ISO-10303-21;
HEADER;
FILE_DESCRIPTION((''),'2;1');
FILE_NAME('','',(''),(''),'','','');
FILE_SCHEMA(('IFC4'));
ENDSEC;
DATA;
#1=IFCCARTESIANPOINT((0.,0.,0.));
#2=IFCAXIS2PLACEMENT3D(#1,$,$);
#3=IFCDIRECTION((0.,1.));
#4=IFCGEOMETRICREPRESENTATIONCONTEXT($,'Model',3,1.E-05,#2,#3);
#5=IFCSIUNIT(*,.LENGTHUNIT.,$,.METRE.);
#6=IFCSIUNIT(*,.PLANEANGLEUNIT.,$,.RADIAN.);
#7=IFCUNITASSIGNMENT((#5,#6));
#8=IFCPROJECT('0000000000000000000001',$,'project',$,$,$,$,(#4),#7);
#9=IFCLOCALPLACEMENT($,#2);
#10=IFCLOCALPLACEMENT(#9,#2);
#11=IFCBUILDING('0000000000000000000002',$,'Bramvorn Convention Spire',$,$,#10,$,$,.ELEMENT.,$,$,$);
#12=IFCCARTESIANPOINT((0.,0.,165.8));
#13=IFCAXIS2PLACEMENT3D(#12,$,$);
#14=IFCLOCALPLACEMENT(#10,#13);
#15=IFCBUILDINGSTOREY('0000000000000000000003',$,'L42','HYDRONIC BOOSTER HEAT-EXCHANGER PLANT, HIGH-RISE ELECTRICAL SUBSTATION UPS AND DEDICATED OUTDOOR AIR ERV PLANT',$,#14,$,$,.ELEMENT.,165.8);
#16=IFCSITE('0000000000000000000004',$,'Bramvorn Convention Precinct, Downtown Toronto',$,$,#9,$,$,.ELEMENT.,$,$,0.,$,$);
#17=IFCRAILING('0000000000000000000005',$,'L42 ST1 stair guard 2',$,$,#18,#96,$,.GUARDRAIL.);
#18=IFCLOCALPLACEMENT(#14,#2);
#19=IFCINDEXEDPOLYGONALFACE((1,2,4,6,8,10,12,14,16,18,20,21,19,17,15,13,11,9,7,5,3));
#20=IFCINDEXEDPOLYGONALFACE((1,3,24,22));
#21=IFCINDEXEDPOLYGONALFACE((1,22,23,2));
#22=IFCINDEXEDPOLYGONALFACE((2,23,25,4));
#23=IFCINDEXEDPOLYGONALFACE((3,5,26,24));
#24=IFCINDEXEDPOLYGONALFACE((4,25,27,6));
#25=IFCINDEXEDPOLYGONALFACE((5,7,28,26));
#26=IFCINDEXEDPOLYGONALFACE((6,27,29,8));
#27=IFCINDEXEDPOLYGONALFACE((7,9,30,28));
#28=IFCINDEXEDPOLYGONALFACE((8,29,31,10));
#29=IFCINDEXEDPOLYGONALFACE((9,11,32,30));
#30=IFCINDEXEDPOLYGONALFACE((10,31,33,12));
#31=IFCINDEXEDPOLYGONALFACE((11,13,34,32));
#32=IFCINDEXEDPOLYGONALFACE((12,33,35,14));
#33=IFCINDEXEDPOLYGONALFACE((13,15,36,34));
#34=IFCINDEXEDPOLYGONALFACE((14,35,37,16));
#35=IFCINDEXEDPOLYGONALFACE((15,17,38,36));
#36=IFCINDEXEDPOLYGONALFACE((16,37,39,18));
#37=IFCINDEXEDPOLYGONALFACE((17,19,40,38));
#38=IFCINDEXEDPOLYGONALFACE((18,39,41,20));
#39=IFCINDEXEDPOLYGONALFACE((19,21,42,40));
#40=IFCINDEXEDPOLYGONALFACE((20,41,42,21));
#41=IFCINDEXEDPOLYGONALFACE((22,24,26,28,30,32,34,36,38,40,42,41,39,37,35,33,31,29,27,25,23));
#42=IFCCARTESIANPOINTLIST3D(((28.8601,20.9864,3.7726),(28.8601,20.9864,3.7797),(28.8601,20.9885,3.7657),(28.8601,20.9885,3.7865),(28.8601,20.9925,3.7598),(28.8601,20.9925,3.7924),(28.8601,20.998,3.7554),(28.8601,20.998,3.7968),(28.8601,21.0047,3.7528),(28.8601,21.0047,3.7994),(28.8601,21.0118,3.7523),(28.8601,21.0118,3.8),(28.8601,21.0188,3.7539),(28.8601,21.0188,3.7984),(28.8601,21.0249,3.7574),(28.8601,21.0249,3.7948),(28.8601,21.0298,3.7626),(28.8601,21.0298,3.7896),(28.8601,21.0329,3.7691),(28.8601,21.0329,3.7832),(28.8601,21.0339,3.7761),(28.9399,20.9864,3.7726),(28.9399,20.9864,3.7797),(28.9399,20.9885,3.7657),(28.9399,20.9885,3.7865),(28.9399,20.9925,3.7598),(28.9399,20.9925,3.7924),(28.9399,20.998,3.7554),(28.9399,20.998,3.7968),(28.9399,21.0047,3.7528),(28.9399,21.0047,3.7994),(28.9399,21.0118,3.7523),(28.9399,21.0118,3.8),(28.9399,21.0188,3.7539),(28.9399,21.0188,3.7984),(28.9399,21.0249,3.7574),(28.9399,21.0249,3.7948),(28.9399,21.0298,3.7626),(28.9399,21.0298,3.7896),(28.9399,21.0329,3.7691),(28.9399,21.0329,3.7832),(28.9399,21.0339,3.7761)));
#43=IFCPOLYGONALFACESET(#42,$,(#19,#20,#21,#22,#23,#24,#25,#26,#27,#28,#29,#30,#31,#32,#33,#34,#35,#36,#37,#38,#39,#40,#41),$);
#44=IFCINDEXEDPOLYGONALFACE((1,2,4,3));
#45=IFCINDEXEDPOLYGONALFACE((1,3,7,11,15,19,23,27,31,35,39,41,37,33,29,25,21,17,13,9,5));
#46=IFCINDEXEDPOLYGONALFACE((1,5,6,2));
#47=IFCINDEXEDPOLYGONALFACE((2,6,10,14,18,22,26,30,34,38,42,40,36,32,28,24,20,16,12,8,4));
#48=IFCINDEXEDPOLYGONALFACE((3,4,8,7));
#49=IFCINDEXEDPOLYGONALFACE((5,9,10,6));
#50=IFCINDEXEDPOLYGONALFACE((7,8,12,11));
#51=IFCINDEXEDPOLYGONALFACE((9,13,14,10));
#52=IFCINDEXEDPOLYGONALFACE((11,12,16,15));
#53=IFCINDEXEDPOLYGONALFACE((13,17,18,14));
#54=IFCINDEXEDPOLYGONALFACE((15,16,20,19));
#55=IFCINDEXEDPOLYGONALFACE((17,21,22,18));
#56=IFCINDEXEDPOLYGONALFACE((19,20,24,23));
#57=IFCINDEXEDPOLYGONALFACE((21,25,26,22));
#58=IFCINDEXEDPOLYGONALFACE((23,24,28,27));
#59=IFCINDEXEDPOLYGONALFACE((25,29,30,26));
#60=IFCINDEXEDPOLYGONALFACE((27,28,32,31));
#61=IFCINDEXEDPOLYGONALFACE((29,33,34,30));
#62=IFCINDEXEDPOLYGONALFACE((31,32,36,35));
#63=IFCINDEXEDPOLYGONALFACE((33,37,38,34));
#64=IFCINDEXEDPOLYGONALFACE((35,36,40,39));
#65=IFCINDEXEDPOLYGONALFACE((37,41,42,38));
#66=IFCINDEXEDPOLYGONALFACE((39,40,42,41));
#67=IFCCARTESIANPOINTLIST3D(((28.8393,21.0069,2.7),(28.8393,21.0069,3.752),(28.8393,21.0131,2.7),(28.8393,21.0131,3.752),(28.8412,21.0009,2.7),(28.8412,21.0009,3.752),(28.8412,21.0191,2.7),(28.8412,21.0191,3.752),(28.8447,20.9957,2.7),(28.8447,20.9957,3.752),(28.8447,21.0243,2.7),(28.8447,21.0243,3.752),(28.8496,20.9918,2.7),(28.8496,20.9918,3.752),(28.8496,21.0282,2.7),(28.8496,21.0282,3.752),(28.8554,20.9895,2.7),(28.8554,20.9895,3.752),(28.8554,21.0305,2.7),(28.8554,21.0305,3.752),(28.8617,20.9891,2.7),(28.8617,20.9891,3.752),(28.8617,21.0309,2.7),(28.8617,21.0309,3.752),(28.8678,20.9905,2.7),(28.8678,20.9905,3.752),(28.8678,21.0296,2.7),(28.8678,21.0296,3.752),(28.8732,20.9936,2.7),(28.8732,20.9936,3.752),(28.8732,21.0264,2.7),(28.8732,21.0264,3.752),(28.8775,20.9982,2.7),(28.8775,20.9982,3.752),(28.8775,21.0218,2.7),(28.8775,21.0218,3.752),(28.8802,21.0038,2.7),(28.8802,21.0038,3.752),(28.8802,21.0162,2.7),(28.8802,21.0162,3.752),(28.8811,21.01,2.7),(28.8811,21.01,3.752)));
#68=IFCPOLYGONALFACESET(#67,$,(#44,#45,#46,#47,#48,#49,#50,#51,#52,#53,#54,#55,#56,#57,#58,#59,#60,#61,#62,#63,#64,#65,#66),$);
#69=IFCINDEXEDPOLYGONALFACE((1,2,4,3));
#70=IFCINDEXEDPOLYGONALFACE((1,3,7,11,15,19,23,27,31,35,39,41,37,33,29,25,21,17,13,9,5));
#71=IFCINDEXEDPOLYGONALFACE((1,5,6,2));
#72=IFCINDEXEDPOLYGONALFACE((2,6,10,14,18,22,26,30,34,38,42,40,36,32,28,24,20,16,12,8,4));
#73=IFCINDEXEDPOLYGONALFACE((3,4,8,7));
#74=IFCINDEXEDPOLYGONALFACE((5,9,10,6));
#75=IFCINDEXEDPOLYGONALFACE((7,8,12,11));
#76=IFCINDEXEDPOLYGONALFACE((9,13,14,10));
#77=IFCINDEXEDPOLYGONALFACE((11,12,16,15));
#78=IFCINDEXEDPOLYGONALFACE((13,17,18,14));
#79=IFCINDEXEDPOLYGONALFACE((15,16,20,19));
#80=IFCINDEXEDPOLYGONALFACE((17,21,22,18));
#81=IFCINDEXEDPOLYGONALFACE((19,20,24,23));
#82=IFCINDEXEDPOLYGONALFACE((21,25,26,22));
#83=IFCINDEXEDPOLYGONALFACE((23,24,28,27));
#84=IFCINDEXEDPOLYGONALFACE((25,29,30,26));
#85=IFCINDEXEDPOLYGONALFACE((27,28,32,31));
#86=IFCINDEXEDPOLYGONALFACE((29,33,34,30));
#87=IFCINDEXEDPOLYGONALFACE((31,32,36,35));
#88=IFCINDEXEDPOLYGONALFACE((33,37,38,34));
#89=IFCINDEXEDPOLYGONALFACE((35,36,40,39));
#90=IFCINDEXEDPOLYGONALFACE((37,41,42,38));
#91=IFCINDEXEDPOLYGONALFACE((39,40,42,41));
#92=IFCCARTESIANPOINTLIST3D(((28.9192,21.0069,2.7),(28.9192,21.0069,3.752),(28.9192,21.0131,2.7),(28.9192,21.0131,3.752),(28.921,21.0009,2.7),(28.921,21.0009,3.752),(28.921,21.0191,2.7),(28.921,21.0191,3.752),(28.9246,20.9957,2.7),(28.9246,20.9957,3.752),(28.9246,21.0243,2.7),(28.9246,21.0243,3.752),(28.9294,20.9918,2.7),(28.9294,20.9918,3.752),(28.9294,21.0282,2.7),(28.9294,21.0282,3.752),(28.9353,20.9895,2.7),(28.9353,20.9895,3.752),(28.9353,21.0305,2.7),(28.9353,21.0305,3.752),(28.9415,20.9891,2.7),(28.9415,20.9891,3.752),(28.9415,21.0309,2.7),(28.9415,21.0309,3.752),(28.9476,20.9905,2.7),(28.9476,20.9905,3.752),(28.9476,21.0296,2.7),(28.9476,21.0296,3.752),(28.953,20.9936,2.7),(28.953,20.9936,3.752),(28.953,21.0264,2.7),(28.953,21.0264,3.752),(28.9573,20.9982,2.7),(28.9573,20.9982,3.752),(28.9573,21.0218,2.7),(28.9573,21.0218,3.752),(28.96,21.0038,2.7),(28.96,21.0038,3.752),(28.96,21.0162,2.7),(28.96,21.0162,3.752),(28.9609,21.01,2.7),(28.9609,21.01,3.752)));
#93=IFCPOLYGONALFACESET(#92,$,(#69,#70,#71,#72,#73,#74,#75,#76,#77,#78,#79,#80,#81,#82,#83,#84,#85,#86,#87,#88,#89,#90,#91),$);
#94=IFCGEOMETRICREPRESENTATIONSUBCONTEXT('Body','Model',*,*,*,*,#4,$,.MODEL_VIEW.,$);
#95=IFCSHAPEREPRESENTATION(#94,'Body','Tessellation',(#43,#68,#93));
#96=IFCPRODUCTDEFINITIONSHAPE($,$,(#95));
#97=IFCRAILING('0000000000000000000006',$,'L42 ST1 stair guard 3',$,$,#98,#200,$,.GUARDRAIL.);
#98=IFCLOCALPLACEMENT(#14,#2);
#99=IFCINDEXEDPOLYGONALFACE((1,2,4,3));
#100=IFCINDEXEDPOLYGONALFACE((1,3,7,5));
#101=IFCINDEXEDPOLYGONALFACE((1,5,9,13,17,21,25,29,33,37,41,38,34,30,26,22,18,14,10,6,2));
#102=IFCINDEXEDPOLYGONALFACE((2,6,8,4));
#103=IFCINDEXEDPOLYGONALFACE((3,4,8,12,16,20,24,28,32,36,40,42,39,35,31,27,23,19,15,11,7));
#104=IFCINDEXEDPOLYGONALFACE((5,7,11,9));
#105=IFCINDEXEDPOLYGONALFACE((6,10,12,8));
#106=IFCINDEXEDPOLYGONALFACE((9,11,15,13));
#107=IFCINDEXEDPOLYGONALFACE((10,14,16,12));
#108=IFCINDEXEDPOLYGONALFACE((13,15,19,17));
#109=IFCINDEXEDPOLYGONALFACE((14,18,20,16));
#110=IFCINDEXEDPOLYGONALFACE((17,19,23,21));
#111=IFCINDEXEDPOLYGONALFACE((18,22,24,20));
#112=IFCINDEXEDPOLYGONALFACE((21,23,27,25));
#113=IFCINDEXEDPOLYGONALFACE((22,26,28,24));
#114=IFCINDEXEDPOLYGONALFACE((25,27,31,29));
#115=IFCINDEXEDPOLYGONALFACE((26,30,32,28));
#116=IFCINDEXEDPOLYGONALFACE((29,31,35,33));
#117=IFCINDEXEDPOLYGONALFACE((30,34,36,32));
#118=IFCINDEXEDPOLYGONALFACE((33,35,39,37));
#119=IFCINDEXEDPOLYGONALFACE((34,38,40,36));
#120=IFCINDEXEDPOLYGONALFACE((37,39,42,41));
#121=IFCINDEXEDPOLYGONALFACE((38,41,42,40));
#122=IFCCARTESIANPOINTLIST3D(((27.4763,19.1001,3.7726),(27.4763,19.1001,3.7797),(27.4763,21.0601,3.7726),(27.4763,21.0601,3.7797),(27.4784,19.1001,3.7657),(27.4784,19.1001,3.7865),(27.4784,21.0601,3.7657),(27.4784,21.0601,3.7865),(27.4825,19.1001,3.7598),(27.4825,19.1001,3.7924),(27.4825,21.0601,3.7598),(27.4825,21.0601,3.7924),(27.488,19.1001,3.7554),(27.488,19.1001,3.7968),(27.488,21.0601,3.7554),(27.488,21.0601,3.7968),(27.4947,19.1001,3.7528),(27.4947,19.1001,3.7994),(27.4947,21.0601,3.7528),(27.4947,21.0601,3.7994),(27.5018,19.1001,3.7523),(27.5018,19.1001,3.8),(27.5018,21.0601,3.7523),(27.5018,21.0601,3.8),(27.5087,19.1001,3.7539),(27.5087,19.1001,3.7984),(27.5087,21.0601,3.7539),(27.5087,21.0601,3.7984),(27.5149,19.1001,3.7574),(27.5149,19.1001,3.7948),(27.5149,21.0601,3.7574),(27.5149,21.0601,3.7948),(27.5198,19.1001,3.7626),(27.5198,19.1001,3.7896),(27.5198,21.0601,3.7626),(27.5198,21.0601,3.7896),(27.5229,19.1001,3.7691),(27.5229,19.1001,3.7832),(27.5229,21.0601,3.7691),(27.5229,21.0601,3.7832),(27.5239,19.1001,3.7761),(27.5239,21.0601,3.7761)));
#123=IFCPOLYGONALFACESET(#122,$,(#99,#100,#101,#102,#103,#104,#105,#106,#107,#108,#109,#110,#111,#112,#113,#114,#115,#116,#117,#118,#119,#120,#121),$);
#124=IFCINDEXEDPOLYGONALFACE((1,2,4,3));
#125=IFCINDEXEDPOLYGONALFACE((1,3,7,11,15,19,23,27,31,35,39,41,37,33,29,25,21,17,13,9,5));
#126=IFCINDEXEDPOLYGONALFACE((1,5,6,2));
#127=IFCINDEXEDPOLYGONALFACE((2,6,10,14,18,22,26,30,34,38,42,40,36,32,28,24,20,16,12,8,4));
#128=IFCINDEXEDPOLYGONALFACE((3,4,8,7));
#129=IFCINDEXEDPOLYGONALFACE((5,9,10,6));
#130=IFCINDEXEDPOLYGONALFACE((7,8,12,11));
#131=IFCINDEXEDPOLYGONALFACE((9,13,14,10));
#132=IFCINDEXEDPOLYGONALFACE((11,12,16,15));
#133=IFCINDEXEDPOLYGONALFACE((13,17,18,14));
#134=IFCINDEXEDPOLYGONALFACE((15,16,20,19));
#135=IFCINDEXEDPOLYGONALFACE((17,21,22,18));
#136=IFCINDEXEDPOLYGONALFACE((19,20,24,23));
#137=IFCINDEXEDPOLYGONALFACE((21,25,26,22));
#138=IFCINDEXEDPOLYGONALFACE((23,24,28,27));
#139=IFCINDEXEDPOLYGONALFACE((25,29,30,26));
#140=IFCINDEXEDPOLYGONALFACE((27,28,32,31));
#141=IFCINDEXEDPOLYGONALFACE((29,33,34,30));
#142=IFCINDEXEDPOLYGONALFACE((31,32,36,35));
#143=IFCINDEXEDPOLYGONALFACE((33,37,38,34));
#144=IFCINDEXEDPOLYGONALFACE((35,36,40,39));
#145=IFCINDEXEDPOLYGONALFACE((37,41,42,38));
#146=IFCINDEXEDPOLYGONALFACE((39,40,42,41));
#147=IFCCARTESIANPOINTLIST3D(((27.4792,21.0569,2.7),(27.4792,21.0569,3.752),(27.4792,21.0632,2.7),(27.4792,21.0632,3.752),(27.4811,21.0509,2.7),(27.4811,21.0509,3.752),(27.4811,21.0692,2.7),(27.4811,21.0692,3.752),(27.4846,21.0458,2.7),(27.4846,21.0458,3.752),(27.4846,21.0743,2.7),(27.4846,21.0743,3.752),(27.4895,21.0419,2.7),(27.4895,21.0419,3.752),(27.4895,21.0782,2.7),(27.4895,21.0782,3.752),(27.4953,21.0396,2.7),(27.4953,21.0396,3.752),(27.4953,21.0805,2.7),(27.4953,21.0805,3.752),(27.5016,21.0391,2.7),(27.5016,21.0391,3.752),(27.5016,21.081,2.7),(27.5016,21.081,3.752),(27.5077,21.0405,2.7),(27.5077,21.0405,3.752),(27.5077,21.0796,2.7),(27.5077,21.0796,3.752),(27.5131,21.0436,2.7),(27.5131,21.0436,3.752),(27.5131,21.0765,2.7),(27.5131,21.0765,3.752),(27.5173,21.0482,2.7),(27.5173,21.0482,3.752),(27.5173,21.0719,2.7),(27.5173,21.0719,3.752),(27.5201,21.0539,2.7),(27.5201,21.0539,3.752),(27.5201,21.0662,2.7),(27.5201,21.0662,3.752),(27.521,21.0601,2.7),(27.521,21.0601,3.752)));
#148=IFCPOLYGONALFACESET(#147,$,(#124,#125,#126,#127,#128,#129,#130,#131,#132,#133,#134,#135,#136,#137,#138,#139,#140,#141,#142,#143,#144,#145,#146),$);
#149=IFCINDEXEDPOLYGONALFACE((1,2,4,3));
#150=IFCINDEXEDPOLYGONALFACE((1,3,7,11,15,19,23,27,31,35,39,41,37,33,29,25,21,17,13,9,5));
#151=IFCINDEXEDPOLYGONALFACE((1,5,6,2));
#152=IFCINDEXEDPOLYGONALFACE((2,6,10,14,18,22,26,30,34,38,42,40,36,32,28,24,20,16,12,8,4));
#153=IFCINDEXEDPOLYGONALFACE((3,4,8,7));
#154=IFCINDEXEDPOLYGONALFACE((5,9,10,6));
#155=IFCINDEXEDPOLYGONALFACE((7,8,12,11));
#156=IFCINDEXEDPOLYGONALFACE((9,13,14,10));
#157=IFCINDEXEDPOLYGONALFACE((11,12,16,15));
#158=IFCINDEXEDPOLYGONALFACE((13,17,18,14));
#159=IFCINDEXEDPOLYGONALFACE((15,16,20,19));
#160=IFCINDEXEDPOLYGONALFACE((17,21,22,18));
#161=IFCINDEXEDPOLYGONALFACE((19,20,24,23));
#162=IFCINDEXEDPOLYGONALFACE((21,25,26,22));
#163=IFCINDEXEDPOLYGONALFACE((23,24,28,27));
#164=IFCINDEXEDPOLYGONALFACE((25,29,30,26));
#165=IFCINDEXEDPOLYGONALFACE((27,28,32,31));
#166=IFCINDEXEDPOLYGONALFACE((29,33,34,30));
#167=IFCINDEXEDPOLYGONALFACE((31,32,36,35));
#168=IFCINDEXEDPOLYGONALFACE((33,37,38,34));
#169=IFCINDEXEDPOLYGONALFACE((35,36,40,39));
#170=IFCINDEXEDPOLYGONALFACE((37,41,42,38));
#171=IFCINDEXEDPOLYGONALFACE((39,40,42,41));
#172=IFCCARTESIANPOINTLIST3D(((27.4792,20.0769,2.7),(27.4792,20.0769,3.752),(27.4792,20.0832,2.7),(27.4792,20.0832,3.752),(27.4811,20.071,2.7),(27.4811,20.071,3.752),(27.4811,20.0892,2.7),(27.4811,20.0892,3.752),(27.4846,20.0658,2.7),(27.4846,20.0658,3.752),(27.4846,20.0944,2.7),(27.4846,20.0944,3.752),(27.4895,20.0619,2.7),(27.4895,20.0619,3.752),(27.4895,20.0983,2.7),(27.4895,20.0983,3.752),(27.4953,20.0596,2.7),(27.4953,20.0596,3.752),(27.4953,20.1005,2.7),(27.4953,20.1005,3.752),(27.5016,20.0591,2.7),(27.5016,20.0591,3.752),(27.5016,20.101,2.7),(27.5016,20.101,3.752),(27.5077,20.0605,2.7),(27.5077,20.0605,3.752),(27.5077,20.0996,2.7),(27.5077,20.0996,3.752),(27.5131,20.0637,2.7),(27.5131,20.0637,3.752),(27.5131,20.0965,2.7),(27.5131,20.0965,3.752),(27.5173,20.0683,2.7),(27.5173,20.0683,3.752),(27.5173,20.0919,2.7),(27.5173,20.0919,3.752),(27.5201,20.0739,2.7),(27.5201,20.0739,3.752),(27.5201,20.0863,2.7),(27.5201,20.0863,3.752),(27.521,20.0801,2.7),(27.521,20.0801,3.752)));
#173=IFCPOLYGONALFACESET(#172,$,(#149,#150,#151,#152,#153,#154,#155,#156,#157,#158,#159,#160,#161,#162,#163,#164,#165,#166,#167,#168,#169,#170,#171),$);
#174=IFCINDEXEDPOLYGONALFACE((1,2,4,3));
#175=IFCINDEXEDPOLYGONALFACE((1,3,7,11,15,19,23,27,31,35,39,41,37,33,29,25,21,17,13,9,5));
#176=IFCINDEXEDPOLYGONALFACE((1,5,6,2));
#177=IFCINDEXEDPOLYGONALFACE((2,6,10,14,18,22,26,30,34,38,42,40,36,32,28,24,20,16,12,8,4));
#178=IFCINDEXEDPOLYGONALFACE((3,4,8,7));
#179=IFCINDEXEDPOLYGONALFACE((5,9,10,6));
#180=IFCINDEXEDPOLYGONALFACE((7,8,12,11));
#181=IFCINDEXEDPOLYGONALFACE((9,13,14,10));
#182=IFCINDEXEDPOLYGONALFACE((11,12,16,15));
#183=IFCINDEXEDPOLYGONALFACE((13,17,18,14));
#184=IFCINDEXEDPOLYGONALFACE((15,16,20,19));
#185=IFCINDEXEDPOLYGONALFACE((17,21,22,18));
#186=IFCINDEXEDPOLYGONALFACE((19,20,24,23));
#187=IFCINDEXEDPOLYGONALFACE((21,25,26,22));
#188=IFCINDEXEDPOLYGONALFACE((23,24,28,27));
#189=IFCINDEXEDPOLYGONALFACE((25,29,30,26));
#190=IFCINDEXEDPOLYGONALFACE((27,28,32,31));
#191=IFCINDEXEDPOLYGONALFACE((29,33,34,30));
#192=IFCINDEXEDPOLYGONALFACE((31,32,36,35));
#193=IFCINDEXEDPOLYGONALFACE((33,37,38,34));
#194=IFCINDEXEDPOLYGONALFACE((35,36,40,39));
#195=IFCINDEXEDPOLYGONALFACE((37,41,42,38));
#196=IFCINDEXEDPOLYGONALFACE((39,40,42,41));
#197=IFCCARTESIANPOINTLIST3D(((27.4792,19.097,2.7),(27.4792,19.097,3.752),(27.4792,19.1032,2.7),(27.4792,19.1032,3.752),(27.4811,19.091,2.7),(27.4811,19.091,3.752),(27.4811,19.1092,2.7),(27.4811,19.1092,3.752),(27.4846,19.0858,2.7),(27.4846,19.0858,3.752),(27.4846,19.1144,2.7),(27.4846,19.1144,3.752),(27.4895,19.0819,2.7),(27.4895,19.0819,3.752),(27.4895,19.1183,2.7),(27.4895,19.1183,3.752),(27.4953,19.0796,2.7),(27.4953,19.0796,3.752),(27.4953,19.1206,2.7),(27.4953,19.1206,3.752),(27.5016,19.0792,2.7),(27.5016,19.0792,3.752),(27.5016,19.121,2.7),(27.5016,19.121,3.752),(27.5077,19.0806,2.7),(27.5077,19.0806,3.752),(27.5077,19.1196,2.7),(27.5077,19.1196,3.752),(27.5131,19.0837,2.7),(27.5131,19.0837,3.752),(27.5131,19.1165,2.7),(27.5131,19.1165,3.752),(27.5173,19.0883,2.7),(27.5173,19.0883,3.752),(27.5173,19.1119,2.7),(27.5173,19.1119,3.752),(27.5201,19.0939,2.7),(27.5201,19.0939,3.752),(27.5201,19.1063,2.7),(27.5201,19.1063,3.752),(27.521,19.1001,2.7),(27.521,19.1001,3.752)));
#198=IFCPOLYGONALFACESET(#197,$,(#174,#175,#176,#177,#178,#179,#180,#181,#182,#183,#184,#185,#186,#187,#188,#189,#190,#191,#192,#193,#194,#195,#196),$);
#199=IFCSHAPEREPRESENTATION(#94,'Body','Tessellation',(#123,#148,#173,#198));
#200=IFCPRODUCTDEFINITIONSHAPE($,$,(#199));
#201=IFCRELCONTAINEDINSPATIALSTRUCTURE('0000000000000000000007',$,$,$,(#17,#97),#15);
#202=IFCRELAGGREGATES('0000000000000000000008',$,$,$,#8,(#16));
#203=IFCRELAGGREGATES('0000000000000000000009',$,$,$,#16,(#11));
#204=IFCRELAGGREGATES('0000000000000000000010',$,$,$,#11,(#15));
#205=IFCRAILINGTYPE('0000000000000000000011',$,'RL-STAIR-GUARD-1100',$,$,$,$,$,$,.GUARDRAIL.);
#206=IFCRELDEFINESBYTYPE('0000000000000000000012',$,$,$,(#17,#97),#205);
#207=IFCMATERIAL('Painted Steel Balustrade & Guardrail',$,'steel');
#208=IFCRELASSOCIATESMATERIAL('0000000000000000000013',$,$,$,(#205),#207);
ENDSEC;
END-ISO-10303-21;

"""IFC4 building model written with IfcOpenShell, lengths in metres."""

from ifc_helpers import new_model, si_unit, direction, frame, origin, origin_2d, place, context, subcontext, project, spatial, circle, extrude, material, type_object, element, save


model = new_model("IFC4")

# Units and contexts
model_context = context("Model", 3, precision=1e-05, world=origin(), true_north=direction((0.0, 1.0)))
body_context = subcontext(model_context, "Body", "Model", "MODEL_VIEW")
ifc_project = project(units=[si_unit("LENGTHUNIT", "METRE"), si_unit("PLANEANGLEUNIT", "RADIAN")], contexts=[model_context])

# Site, building, storey
site_placement = place(None, origin())
site = spatial("IfcSite", under=ifc_project, at=site_placement, Name="Bramvorn Convention Precinct, Downtown Toronto", CompositionType="ELEMENT", RefElevation=0.0)
building_placement = place(site_placement, origin())
building = spatial("IfcBuilding", under=site, at=building_placement, Name="Bramvorn Convention Spire", CompositionType="ELEMENT")
storey_placement = place(building_placement, frame((0.0, 0.0, 165.8)))
storey = spatial("IfcBuildingStorey", under=building, at=storey_placement, Name="L42", Description="HYDRONIC BOOSTER HEAT-EXCHANGER PLANT, HIGH-RISE ELECTRICAL SUBSTATION UPS AND DEDICATED OUTDOOR AIR ERV PLANT", CompositionType="ELEMENT", Elevation=165.8)

# Railings
ifc_material_1 = material(Name="Painted Steel Balustrade & Guardrail", Category="steel")
railing_type_1 = type_object("IfcRailingType", Name="RL-STAIR-GUARD-1100", PredefinedType="GUARDRAIL", material=ifc_material_1)
railing_1_placement = place(storey_placement, frame((28.8601, 21.01, 2.7)))
element("IfcRailing", 1, at=railing_1_placement, inside=storey, type_object=railing_type_1, Name="L42 ST1 stair guard 2", PredefinedType="GUARDRAIL", context=body_context, shape_type="SweptSolid", body=[
    extrude(circle(Radius=0.0239, at=origin_2d()), frame((0.0, 0.0, 1.0762), z_axis=(1.0, 0.0, 0.0), x_axis=(0.0, 1.0, 0.0)), (0.0, 0.0, 1.0), 0.0798),
    extrude(circle(Radius=0.021, at=origin_2d()), origin(), (0.0, 0.0, 1.0), 1.052),
    extrude(circle(Radius=0.021, at=origin_2d()), frame((0.0798, 0.0, 0.0)), (0.0, 0.0, 1.0), 1.052),
])
for number, where, name in (
    (2, (27.5, 21.0601, 2.7), "L42 ST1 stair guard 3"),
):
    element("IfcRailing", number, at=place(storey_placement, frame(where)), inside=storey, type_object=railing_type_1, Name=name, PredefinedType="GUARDRAIL", context=body_context, shape_type="SweptSolid", body=[
        extrude(circle(Radius=0.0239, at=origin_2d()), frame((0.0, 0.0, 1.0762), z_axis=(0.0, -1.0, 0.0), x_axis=(1.0, 0.0, 0.0)), (0.0, 0.0, 1.0), 1.96),
        extrude(circle(Radius=0.021, at=origin_2d()), origin(), (0.0, 0.0, 1.0), 1.052),
        extrude(circle(Radius=0.021, at=origin_2d()), frame((0.0, -0.98, 0.0)), (0.0, 0.0, 1.0), 1.052),
        extrude(circle(Radius=0.021, at=origin_2d()), frame((0.0, -1.96, 0.0)), (0.0, 0.0, 1.0), 1.052),
    ])

save(model, "model.ifc")
